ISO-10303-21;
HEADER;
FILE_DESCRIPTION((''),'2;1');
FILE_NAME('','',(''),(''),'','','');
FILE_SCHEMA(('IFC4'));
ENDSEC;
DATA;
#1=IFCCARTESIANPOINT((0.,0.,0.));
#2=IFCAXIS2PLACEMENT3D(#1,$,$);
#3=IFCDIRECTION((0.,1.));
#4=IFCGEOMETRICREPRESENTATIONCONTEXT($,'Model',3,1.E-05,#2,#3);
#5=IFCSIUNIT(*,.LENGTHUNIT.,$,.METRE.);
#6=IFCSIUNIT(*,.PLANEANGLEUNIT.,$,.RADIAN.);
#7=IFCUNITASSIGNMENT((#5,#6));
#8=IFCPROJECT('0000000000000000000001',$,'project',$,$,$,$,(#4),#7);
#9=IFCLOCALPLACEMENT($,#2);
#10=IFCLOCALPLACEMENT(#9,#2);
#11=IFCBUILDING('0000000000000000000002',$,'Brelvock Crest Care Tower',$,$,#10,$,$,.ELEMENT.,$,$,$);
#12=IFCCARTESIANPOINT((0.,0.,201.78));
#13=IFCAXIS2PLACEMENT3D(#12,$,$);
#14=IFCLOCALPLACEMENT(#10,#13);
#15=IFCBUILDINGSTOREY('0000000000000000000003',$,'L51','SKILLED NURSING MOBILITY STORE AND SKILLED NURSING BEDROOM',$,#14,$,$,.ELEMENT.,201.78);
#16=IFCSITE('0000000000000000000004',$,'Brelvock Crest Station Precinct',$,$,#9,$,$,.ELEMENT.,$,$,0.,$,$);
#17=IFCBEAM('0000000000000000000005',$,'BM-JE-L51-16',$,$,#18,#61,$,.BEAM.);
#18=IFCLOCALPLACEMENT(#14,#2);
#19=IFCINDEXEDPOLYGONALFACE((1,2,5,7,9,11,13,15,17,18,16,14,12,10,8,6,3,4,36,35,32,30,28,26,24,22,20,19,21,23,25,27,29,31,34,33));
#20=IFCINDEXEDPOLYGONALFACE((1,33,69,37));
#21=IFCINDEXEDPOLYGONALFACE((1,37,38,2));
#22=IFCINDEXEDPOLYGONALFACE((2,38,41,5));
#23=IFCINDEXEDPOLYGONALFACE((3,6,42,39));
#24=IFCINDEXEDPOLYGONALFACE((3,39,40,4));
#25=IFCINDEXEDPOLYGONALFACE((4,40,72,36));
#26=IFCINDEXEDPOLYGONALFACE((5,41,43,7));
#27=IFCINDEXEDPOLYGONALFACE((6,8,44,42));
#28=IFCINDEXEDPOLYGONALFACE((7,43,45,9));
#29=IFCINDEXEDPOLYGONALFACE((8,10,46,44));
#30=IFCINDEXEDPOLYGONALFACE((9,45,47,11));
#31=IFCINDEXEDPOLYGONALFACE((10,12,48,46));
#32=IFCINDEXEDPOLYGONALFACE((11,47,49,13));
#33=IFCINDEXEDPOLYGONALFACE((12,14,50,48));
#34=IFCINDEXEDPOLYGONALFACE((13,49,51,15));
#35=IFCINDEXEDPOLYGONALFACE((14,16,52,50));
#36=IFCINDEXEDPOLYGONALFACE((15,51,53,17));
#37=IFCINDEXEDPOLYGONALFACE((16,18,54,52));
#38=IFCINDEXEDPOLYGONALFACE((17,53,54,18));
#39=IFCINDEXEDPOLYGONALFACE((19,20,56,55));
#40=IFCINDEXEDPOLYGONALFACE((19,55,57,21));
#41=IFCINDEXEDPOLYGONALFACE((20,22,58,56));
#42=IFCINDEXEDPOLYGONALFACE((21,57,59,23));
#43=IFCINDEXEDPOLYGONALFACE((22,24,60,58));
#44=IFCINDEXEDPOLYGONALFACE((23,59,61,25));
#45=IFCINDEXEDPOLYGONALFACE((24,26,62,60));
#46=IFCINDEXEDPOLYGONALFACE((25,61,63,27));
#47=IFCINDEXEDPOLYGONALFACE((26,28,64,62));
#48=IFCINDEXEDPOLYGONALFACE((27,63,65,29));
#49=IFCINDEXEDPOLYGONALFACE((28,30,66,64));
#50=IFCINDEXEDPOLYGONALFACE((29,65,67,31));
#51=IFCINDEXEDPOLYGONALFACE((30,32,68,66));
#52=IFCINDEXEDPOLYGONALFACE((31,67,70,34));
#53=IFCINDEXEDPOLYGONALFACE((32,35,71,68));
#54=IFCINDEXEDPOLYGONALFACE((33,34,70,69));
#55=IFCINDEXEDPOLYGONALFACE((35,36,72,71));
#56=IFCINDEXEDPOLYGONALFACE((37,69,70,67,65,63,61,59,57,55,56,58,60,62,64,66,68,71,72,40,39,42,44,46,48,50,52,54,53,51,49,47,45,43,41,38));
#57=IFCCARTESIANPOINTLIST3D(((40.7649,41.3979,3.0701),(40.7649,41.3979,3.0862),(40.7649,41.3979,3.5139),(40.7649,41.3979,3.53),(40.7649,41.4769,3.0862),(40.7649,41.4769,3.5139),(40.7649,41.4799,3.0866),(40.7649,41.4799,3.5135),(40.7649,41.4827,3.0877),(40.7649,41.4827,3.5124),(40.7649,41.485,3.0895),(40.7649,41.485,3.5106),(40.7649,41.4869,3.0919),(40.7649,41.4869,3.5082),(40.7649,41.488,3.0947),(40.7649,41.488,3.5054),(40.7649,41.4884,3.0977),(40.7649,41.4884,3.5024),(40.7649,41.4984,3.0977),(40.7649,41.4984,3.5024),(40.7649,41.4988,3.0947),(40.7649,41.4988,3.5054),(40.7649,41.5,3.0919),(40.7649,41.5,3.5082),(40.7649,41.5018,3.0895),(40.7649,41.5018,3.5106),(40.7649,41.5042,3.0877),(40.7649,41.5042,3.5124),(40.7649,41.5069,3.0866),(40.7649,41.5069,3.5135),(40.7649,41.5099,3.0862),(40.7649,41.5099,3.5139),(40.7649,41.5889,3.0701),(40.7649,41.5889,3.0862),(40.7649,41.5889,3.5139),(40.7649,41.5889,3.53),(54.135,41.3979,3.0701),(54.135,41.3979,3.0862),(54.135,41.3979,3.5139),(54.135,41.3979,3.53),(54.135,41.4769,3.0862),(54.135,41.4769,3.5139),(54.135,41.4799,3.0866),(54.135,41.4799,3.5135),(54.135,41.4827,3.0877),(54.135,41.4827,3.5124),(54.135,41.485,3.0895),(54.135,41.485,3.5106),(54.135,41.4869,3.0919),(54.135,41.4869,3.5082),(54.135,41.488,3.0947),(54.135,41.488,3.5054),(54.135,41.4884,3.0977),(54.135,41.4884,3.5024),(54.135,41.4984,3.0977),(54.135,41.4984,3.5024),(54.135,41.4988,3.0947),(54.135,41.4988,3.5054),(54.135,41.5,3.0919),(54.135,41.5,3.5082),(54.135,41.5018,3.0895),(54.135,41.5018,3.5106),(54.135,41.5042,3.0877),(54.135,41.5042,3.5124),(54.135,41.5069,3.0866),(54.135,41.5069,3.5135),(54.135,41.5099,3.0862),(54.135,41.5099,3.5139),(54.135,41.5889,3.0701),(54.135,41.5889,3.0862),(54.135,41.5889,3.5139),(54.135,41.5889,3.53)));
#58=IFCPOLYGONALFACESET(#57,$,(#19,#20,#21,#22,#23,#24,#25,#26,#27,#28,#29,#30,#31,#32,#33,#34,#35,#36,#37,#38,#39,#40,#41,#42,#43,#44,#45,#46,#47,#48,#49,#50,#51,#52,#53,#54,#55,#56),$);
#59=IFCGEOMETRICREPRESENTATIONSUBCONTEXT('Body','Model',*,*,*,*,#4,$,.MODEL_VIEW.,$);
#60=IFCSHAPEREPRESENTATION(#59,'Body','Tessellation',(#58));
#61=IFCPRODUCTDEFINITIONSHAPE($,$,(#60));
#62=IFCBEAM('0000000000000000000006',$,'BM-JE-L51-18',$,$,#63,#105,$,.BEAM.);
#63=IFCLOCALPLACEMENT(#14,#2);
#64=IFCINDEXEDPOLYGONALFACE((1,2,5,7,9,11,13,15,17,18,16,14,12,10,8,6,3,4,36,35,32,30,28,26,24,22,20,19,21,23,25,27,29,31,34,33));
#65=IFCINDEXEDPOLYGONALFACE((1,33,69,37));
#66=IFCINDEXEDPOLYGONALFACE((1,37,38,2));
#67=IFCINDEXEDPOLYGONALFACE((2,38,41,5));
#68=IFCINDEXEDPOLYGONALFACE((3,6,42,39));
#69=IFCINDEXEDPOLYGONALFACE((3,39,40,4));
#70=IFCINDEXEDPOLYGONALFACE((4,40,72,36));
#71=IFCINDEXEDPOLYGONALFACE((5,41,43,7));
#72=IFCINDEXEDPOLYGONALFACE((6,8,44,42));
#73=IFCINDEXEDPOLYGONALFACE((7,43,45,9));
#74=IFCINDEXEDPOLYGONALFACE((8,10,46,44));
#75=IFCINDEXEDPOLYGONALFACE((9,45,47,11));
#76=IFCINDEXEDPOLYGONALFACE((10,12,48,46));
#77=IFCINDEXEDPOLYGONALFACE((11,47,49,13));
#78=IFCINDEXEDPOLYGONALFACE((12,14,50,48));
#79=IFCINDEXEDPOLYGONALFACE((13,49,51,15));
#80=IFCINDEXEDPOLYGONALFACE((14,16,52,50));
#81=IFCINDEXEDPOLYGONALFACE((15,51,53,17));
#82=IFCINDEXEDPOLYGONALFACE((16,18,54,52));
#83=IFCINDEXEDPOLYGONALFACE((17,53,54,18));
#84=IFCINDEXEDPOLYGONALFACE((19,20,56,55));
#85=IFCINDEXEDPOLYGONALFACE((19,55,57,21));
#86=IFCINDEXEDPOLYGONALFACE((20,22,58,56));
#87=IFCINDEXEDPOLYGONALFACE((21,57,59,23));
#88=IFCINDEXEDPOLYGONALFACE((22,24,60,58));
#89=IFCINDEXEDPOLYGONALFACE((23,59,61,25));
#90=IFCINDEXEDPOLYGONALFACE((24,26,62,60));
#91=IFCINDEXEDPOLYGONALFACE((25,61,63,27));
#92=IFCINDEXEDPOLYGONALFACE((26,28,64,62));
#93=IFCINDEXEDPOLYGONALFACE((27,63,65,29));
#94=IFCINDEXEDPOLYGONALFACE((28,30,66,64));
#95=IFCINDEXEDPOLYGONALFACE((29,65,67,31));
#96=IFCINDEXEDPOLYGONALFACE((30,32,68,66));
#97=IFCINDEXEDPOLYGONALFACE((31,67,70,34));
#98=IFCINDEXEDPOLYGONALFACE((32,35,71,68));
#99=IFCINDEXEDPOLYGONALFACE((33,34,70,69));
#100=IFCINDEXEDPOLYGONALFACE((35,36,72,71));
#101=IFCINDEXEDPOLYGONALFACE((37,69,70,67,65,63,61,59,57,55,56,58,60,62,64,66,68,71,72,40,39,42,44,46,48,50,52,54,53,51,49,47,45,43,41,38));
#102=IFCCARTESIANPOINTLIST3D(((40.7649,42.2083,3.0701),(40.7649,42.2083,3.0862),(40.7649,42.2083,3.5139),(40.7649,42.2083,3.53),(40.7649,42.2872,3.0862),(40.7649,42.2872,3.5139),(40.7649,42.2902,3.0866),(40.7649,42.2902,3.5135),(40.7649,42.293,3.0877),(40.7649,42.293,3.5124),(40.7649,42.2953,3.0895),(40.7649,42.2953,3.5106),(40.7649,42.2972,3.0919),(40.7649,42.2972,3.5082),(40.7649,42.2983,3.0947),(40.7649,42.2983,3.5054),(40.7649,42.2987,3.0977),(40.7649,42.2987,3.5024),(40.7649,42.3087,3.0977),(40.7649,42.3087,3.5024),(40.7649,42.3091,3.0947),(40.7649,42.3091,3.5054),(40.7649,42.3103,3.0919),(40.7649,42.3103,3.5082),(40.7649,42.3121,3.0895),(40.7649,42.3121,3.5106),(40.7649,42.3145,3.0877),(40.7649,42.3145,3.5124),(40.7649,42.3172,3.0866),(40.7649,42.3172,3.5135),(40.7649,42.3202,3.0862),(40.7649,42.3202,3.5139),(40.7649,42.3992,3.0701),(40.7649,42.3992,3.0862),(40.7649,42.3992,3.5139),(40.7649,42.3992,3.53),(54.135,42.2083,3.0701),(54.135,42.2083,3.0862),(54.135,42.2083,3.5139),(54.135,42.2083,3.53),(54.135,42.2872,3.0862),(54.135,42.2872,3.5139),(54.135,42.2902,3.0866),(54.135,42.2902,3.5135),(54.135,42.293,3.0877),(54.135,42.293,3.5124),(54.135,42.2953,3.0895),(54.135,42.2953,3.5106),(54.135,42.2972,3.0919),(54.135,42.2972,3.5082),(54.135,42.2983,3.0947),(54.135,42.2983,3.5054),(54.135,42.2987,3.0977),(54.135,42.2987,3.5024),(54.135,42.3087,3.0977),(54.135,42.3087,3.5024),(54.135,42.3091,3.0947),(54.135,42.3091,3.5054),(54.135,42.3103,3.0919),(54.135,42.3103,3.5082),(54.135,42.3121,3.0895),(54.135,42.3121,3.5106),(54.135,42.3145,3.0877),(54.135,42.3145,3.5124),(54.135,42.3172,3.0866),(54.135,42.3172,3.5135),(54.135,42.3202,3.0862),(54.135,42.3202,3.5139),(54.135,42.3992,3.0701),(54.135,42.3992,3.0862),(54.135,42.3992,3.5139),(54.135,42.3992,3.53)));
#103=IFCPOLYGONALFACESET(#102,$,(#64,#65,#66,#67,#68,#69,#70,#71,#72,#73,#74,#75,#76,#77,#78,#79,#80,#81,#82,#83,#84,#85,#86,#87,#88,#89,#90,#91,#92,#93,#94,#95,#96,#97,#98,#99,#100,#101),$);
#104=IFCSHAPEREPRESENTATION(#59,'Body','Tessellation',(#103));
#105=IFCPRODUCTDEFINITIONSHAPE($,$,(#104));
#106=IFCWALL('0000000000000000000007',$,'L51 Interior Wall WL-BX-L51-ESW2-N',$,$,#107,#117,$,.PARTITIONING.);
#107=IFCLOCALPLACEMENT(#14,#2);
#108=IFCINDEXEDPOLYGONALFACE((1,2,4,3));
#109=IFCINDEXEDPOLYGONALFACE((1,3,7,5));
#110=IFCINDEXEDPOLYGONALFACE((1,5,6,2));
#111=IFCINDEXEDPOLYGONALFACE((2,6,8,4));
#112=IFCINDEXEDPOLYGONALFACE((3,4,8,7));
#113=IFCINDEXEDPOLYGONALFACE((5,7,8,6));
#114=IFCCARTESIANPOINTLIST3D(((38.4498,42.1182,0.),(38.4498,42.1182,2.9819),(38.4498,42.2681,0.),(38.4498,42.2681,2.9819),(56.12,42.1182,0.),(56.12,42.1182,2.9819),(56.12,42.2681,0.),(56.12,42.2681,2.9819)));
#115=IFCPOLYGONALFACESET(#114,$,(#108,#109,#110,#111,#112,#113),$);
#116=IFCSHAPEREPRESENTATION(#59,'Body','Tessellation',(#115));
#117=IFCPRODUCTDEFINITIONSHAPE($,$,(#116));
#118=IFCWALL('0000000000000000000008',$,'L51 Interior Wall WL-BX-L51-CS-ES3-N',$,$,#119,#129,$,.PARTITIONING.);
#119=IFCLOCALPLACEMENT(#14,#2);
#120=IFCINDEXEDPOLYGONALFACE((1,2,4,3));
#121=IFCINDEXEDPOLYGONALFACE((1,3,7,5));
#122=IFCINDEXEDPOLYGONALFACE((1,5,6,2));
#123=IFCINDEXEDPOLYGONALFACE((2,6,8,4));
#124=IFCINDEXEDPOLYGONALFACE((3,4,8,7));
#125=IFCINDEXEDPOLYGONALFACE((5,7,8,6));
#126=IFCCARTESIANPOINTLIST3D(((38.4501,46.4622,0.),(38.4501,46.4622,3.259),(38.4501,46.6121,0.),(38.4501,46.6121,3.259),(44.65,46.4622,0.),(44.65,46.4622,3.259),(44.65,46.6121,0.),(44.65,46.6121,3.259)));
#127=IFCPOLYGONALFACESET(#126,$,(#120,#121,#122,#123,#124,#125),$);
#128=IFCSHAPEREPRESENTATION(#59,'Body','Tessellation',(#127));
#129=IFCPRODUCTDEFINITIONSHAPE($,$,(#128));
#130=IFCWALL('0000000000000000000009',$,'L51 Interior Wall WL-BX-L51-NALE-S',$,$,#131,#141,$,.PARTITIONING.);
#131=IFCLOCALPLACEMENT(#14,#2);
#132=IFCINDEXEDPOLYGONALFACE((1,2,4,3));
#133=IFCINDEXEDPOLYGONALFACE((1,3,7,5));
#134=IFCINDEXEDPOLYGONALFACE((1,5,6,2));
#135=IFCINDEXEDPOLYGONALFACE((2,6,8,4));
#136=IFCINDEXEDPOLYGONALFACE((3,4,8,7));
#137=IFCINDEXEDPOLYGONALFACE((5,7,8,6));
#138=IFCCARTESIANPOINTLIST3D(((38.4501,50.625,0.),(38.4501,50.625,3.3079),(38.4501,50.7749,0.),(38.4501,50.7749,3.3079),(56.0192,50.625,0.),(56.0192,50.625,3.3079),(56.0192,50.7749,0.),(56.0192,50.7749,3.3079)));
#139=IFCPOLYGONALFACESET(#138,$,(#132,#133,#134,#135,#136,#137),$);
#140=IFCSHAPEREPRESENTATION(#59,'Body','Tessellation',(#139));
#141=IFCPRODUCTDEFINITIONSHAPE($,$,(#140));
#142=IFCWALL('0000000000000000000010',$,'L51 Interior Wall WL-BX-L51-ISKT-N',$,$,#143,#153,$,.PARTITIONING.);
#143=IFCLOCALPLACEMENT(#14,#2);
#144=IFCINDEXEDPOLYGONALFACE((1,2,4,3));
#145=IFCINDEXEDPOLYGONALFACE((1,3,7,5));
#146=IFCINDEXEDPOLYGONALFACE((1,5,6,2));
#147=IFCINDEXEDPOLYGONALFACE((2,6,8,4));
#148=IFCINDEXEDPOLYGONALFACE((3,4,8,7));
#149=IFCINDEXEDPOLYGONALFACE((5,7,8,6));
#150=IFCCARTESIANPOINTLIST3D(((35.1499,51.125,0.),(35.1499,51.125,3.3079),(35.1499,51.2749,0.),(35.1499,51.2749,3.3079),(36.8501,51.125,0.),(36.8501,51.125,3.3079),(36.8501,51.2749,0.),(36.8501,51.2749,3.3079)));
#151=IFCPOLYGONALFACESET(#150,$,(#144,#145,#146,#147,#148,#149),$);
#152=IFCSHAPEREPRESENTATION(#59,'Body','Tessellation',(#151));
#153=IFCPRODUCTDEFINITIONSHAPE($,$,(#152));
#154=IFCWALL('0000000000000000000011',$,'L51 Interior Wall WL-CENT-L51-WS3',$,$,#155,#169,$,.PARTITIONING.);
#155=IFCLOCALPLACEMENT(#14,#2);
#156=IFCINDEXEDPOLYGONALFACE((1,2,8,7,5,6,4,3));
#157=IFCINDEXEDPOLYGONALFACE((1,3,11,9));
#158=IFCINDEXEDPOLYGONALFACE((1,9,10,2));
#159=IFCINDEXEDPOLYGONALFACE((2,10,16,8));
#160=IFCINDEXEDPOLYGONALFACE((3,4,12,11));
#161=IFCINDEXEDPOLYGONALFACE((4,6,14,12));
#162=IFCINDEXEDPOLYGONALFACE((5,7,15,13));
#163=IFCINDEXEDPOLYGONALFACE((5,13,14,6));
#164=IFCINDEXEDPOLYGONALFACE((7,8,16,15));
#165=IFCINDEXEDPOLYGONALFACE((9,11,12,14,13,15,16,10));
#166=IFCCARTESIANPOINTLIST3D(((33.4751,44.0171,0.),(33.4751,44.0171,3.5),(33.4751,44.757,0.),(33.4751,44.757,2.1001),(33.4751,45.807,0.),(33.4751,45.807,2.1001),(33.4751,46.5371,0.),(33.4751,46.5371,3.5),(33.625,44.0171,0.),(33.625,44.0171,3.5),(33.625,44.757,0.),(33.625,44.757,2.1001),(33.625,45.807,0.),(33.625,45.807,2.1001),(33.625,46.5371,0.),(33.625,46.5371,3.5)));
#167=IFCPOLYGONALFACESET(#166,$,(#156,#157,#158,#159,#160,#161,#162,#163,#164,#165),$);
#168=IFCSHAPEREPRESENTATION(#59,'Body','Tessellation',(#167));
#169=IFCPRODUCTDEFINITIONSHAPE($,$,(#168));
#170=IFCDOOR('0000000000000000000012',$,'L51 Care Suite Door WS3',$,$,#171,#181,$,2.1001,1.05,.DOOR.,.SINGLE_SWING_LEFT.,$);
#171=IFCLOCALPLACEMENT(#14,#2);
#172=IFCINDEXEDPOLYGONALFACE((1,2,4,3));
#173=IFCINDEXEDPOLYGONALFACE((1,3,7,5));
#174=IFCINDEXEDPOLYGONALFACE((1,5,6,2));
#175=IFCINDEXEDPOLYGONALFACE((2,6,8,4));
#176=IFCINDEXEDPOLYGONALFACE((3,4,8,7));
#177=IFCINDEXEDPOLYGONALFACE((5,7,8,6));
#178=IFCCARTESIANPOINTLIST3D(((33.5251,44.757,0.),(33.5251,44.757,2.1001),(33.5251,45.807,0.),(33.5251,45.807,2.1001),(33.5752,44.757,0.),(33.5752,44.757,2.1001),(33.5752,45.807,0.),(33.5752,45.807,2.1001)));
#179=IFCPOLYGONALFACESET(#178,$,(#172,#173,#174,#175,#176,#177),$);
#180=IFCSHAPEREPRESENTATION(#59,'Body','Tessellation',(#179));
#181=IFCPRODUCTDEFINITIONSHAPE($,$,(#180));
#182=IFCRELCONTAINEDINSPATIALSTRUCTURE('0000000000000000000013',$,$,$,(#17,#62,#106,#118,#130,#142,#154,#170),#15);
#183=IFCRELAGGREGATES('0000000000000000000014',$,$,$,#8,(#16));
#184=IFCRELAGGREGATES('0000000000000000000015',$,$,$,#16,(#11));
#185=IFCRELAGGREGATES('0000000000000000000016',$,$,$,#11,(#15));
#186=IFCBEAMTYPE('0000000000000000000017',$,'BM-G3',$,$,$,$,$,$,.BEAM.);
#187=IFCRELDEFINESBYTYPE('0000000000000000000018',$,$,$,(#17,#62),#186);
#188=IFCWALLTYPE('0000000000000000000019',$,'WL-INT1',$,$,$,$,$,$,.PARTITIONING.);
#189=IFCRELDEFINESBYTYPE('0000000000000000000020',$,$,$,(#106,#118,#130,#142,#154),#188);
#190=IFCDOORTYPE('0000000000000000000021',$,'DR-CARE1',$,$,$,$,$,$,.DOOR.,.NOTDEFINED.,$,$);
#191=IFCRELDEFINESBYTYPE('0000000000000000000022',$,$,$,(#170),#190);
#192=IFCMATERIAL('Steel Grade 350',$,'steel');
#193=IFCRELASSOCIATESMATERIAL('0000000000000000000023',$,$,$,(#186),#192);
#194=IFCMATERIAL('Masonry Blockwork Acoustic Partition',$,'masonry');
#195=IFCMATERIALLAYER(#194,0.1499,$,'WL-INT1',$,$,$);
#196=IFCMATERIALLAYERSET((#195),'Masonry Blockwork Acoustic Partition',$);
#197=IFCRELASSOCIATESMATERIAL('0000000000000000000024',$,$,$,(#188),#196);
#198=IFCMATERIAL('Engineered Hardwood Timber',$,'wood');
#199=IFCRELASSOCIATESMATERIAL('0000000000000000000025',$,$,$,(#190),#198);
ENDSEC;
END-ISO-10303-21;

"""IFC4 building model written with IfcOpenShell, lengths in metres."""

from ifc_helpers import new_model, si_unit, direction, frame, frame_2d, origin, origin_2d, place, context, subcontext, project, spatial, rectangle, i_section, extrude, source, transform, mapped, material, layer, layer_set, material_profile, profile_set, type_object, element, fill, save


model = new_model("IFC4")

# Units and contexts
model_context = context("Model", 3, precision=1e-05, world=origin(), true_north=direction((0.0, 1.0)))
body_context = subcontext(model_context, "Body", "Model", "MODEL_VIEW")
ifc_project = project(units=[si_unit("LENGTHUNIT", "METRE"), si_unit("PLANEANGLEUNIT", "RADIAN")], contexts=[model_context])

# Site, building, storey
site_placement = place(None, origin())
site = spatial("IfcSite", under=ifc_project, at=site_placement, Name="Brelvock Crest Station Precinct", CompositionType="ELEMENT", RefElevation=0.0)
building_placement = place(site_placement, origin())
building = spatial("IfcBuilding", under=site, at=building_placement, Name="Brelvock Crest Care Tower", CompositionType="ELEMENT")
storey_placement = place(building_placement, frame((0.0, 0.0, 201.78)))
storey = spatial("IfcBuildingStorey", under=building, at=storey_placement, Name="L51", Description="SKILLED NURSING MOBILITY STORE AND SKILLED NURSING BEDROOM", CompositionType="ELEMENT", Elevation=201.78)

# Beams
ifc_material_1 = material(Name="Steel Grade 350", Category="steel")
ifc_material_profile_1 = material_profile(ifc_material_1, i_section(OverallWidth=0.1909, OverallDepth=0.46, WebThickness=0.01, FlangeThickness=0.0161, FilletRadius=0.0115, at=origin_2d()), Name="460UB82.1")
ifc_profile_set_1 = profile_set([ifc_material_profile_1], Name="Steel Grade 350")
beam_type_1 = type_object("IfcBeamType", Name="BM-G3", PredefinedType="BEAM", material=ifc_profile_set_1)
shared_shape_1 = source(origin(), body_context, "Body", "SweptSolid", [
    extrude(i_section(OverallWidth=0.1909, OverallDepth=0.46, WebThickness=0.01, FlangeThickness=0.0161, FilletRadius=0.0115, at=origin_2d()), origin(), (0.0, 0.0, 1.0), 13.3701),
])
for number, where, z_axis, x_axis, name in (
    (1, (40.7649, 41.4934, 3.3), (1.0, 0.0, 0.0), (0.0, 1.0, 0.0), "BM-JE-L51-16"),
    (2, (40.7649, 42.3037, 3.3), (1.0, 0.0, 0.0), (0.0, 1.0, 0.0), "BM-JE-L51-18"),
):
    element("IfcBeam", number, at=place(storey_placement, frame(where, z_axis=z_axis, x_axis=x_axis)), inside=storey, type_object=beam_type_1, Name=name, PredefinedType="BEAM", context=body_context, shape_type="MappedRepresentation", body=[
        mapped(shared_shape_1, transform((0.0, 0.0, 0.0), x_axis=(1.0, 0.0, 0.0), y_axis=(0.0, 1.0, 0.0), z_axis=(0.0, 0.0, 1.0), scale=1.0)),
    ])

# Walls
ifc_material_2 = material(Name="Masonry Blockwork Acoustic Partition", Category="masonry")
ifc_layer = layer(ifc_material_2, 0.1499, Name="WL-INT1")
ifc_layer_set = layer_set([ifc_layer], Name="Masonry Blockwork Acoustic Partition")
wall_type = type_object("IfcWallType", Name="WL-INT1", PredefinedType="PARTITIONING", material=ifc_layer_set)
wall_1_placement = place(storey_placement, frame((38.45, 42.1931, 0.0), z_axis=(0.0, 0.0, 1.0), x_axis=(1.0, 0.0, 0.0)))
element("IfcWall", 3, at=wall_1_placement, inside=storey, type_object=wall_type, Name="L51 Interior Wall WL-BX-L51-ESW2-N", PredefinedType="PARTITIONING", context=body_context, shape_type="SweptSolid", body=[
    extrude(rectangle(XDim=17.6702, YDim=0.1499, at=frame_2d((8.835, 0.0))), origin(), (0.0, 0.0, 1.0), 2.9819),
])
wall_2_placement = place(storey_placement, frame((38.45, 46.5371, 0.0), z_axis=(0.0, 0.0, 1.0), x_axis=(1.0, 0.0, 0.0)))
element("IfcWall", 4, at=wall_2_placement, inside=storey, type_object=wall_type, Name="L51 Interior Wall WL-BX-L51-CS-ES3-N", PredefinedType="PARTITIONING", context=body_context, shape_type="SweptSolid", body=[
    extrude(rectangle(XDim=6.2, YDim=0.1499, at=frame_2d((3.1001, 0.0))), origin(), (0.0, 0.0, 1.0), 3.259),
])
wall_3_placement = place(storey_placement, frame((38.45, 50.7, 0.0), z_axis=(0.0, 0.0, 1.0), x_axis=(1.0, 0.0, 0.0)))
element("IfcWall", 5, at=wall_3_placement, inside=storey, type_object=wall_type, Name="L51 Interior Wall WL-BX-L51-NALE-S", PredefinedType="PARTITIONING", context=body_context, shape_type="SweptSolid", body=[
    extrude(rectangle(XDim=17.5691, YDim=0.1499, at=frame_2d((8.7847, 0.0))), origin(), (0.0, 0.0, 1.0), 3.3079),
])
wall_4_placement = place(storey_placement, frame((35.1499, 51.2, 0.0), z_axis=(0.0, 0.0, 1.0), x_axis=(1.0, 0.0, 0.0)))
element("IfcWall", 6, at=wall_4_placement, inside=storey, type_object=wall_type, Name="L51 Interior Wall WL-BX-L51-ISKT-N", PredefinedType="PARTITIONING", context=body_context, shape_type="SweptSolid", body=[
    extrude(rectangle(XDim=1.7002, YDim=0.1499, at=frame_2d((0.8501, 0.0))), origin(), (0.0, 0.0, 1.0), 3.3079),
])

# Wall, opening, door
wall_5_placement = place(storey_placement, frame((33.55, 44.0171, 0.0), z_axis=(0.0, 0.0, 1.0), x_axis=(0.0, 1.0, 0.0)))
wall_5 = element("IfcWall", 7, at=wall_5_placement, inside=storey, type_object=wall_type, Name="L51 Interior Wall WL-CENT-L51-WS3", PredefinedType="PARTITIONING", context=body_context, shape_type="SweptSolid", body=[
    extrude(rectangle(XDim=2.52, YDim=0.1499, at=frame_2d((1.26, 0.0))), origin(), (0.0, 0.0, 1.0), 3.5),
])
opening_1_placement = place(wall_5_placement, frame((0.74, 0.0, 0.0)))
opening_1 = element("IfcOpeningElement", 8, at=opening_1_placement, cuts=wall_5, PredefinedType="OPENING", context=body_context, shape_type="SweptSolid", body=[
    extrude(rectangle(XDim=1.05, YDim=2.1001, at=origin_2d()), frame((0.5249, 0.085, 1.05), z_axis=(0.0, -1.0, 0.0), x_axis=(1.0, 0.0, 0.0)), (0.0, 0.0, 1.0), 0.1699),
])
ifc_material_3 = material(Name="Engineered Hardwood Timber", Category="wood")
door_type_1 = type_object("IfcDoorType", Name="DR-CARE1", OperationType="NOTDEFINED", PredefinedType="DOOR", material=ifc_material_3)
shared_shape_2 = source(origin(), body_context, "Body", "SweptSolid", [
    extrude(rectangle(XDim=1.05, YDim=2.1001, at=origin_2d()), frame((0.5249, 0.0249, 1.05), z_axis=(0.0, -1.0, 0.0), x_axis=(1.0, 0.0, 0.0)), (0.0, 0.0, 1.0), 0.05),
])
door_1_placement = place(opening_1_placement, origin())
door_1 = element("IfcDoor", 9, at=door_1_placement, inside=storey, type_object=door_type_1, Name="L51 Care Suite Door WS3", OperationType="SINGLE_SWING_LEFT", OverallHeight=2.1001, OverallWidth=1.05, PredefinedType="DOOR", context=body_context, shape_type="MappedRepresentation", body=[
    mapped(shared_shape_2, transform((0.0, 0.0, 0.0), x_axis=(1.0, 0.0, 0.0), y_axis=(0.0, 1.0, 0.0), z_axis=(0.0, 0.0, 1.0), scale=1.0)),
])
fill(opening_1, door_1)

save(model, "model.ifc")
